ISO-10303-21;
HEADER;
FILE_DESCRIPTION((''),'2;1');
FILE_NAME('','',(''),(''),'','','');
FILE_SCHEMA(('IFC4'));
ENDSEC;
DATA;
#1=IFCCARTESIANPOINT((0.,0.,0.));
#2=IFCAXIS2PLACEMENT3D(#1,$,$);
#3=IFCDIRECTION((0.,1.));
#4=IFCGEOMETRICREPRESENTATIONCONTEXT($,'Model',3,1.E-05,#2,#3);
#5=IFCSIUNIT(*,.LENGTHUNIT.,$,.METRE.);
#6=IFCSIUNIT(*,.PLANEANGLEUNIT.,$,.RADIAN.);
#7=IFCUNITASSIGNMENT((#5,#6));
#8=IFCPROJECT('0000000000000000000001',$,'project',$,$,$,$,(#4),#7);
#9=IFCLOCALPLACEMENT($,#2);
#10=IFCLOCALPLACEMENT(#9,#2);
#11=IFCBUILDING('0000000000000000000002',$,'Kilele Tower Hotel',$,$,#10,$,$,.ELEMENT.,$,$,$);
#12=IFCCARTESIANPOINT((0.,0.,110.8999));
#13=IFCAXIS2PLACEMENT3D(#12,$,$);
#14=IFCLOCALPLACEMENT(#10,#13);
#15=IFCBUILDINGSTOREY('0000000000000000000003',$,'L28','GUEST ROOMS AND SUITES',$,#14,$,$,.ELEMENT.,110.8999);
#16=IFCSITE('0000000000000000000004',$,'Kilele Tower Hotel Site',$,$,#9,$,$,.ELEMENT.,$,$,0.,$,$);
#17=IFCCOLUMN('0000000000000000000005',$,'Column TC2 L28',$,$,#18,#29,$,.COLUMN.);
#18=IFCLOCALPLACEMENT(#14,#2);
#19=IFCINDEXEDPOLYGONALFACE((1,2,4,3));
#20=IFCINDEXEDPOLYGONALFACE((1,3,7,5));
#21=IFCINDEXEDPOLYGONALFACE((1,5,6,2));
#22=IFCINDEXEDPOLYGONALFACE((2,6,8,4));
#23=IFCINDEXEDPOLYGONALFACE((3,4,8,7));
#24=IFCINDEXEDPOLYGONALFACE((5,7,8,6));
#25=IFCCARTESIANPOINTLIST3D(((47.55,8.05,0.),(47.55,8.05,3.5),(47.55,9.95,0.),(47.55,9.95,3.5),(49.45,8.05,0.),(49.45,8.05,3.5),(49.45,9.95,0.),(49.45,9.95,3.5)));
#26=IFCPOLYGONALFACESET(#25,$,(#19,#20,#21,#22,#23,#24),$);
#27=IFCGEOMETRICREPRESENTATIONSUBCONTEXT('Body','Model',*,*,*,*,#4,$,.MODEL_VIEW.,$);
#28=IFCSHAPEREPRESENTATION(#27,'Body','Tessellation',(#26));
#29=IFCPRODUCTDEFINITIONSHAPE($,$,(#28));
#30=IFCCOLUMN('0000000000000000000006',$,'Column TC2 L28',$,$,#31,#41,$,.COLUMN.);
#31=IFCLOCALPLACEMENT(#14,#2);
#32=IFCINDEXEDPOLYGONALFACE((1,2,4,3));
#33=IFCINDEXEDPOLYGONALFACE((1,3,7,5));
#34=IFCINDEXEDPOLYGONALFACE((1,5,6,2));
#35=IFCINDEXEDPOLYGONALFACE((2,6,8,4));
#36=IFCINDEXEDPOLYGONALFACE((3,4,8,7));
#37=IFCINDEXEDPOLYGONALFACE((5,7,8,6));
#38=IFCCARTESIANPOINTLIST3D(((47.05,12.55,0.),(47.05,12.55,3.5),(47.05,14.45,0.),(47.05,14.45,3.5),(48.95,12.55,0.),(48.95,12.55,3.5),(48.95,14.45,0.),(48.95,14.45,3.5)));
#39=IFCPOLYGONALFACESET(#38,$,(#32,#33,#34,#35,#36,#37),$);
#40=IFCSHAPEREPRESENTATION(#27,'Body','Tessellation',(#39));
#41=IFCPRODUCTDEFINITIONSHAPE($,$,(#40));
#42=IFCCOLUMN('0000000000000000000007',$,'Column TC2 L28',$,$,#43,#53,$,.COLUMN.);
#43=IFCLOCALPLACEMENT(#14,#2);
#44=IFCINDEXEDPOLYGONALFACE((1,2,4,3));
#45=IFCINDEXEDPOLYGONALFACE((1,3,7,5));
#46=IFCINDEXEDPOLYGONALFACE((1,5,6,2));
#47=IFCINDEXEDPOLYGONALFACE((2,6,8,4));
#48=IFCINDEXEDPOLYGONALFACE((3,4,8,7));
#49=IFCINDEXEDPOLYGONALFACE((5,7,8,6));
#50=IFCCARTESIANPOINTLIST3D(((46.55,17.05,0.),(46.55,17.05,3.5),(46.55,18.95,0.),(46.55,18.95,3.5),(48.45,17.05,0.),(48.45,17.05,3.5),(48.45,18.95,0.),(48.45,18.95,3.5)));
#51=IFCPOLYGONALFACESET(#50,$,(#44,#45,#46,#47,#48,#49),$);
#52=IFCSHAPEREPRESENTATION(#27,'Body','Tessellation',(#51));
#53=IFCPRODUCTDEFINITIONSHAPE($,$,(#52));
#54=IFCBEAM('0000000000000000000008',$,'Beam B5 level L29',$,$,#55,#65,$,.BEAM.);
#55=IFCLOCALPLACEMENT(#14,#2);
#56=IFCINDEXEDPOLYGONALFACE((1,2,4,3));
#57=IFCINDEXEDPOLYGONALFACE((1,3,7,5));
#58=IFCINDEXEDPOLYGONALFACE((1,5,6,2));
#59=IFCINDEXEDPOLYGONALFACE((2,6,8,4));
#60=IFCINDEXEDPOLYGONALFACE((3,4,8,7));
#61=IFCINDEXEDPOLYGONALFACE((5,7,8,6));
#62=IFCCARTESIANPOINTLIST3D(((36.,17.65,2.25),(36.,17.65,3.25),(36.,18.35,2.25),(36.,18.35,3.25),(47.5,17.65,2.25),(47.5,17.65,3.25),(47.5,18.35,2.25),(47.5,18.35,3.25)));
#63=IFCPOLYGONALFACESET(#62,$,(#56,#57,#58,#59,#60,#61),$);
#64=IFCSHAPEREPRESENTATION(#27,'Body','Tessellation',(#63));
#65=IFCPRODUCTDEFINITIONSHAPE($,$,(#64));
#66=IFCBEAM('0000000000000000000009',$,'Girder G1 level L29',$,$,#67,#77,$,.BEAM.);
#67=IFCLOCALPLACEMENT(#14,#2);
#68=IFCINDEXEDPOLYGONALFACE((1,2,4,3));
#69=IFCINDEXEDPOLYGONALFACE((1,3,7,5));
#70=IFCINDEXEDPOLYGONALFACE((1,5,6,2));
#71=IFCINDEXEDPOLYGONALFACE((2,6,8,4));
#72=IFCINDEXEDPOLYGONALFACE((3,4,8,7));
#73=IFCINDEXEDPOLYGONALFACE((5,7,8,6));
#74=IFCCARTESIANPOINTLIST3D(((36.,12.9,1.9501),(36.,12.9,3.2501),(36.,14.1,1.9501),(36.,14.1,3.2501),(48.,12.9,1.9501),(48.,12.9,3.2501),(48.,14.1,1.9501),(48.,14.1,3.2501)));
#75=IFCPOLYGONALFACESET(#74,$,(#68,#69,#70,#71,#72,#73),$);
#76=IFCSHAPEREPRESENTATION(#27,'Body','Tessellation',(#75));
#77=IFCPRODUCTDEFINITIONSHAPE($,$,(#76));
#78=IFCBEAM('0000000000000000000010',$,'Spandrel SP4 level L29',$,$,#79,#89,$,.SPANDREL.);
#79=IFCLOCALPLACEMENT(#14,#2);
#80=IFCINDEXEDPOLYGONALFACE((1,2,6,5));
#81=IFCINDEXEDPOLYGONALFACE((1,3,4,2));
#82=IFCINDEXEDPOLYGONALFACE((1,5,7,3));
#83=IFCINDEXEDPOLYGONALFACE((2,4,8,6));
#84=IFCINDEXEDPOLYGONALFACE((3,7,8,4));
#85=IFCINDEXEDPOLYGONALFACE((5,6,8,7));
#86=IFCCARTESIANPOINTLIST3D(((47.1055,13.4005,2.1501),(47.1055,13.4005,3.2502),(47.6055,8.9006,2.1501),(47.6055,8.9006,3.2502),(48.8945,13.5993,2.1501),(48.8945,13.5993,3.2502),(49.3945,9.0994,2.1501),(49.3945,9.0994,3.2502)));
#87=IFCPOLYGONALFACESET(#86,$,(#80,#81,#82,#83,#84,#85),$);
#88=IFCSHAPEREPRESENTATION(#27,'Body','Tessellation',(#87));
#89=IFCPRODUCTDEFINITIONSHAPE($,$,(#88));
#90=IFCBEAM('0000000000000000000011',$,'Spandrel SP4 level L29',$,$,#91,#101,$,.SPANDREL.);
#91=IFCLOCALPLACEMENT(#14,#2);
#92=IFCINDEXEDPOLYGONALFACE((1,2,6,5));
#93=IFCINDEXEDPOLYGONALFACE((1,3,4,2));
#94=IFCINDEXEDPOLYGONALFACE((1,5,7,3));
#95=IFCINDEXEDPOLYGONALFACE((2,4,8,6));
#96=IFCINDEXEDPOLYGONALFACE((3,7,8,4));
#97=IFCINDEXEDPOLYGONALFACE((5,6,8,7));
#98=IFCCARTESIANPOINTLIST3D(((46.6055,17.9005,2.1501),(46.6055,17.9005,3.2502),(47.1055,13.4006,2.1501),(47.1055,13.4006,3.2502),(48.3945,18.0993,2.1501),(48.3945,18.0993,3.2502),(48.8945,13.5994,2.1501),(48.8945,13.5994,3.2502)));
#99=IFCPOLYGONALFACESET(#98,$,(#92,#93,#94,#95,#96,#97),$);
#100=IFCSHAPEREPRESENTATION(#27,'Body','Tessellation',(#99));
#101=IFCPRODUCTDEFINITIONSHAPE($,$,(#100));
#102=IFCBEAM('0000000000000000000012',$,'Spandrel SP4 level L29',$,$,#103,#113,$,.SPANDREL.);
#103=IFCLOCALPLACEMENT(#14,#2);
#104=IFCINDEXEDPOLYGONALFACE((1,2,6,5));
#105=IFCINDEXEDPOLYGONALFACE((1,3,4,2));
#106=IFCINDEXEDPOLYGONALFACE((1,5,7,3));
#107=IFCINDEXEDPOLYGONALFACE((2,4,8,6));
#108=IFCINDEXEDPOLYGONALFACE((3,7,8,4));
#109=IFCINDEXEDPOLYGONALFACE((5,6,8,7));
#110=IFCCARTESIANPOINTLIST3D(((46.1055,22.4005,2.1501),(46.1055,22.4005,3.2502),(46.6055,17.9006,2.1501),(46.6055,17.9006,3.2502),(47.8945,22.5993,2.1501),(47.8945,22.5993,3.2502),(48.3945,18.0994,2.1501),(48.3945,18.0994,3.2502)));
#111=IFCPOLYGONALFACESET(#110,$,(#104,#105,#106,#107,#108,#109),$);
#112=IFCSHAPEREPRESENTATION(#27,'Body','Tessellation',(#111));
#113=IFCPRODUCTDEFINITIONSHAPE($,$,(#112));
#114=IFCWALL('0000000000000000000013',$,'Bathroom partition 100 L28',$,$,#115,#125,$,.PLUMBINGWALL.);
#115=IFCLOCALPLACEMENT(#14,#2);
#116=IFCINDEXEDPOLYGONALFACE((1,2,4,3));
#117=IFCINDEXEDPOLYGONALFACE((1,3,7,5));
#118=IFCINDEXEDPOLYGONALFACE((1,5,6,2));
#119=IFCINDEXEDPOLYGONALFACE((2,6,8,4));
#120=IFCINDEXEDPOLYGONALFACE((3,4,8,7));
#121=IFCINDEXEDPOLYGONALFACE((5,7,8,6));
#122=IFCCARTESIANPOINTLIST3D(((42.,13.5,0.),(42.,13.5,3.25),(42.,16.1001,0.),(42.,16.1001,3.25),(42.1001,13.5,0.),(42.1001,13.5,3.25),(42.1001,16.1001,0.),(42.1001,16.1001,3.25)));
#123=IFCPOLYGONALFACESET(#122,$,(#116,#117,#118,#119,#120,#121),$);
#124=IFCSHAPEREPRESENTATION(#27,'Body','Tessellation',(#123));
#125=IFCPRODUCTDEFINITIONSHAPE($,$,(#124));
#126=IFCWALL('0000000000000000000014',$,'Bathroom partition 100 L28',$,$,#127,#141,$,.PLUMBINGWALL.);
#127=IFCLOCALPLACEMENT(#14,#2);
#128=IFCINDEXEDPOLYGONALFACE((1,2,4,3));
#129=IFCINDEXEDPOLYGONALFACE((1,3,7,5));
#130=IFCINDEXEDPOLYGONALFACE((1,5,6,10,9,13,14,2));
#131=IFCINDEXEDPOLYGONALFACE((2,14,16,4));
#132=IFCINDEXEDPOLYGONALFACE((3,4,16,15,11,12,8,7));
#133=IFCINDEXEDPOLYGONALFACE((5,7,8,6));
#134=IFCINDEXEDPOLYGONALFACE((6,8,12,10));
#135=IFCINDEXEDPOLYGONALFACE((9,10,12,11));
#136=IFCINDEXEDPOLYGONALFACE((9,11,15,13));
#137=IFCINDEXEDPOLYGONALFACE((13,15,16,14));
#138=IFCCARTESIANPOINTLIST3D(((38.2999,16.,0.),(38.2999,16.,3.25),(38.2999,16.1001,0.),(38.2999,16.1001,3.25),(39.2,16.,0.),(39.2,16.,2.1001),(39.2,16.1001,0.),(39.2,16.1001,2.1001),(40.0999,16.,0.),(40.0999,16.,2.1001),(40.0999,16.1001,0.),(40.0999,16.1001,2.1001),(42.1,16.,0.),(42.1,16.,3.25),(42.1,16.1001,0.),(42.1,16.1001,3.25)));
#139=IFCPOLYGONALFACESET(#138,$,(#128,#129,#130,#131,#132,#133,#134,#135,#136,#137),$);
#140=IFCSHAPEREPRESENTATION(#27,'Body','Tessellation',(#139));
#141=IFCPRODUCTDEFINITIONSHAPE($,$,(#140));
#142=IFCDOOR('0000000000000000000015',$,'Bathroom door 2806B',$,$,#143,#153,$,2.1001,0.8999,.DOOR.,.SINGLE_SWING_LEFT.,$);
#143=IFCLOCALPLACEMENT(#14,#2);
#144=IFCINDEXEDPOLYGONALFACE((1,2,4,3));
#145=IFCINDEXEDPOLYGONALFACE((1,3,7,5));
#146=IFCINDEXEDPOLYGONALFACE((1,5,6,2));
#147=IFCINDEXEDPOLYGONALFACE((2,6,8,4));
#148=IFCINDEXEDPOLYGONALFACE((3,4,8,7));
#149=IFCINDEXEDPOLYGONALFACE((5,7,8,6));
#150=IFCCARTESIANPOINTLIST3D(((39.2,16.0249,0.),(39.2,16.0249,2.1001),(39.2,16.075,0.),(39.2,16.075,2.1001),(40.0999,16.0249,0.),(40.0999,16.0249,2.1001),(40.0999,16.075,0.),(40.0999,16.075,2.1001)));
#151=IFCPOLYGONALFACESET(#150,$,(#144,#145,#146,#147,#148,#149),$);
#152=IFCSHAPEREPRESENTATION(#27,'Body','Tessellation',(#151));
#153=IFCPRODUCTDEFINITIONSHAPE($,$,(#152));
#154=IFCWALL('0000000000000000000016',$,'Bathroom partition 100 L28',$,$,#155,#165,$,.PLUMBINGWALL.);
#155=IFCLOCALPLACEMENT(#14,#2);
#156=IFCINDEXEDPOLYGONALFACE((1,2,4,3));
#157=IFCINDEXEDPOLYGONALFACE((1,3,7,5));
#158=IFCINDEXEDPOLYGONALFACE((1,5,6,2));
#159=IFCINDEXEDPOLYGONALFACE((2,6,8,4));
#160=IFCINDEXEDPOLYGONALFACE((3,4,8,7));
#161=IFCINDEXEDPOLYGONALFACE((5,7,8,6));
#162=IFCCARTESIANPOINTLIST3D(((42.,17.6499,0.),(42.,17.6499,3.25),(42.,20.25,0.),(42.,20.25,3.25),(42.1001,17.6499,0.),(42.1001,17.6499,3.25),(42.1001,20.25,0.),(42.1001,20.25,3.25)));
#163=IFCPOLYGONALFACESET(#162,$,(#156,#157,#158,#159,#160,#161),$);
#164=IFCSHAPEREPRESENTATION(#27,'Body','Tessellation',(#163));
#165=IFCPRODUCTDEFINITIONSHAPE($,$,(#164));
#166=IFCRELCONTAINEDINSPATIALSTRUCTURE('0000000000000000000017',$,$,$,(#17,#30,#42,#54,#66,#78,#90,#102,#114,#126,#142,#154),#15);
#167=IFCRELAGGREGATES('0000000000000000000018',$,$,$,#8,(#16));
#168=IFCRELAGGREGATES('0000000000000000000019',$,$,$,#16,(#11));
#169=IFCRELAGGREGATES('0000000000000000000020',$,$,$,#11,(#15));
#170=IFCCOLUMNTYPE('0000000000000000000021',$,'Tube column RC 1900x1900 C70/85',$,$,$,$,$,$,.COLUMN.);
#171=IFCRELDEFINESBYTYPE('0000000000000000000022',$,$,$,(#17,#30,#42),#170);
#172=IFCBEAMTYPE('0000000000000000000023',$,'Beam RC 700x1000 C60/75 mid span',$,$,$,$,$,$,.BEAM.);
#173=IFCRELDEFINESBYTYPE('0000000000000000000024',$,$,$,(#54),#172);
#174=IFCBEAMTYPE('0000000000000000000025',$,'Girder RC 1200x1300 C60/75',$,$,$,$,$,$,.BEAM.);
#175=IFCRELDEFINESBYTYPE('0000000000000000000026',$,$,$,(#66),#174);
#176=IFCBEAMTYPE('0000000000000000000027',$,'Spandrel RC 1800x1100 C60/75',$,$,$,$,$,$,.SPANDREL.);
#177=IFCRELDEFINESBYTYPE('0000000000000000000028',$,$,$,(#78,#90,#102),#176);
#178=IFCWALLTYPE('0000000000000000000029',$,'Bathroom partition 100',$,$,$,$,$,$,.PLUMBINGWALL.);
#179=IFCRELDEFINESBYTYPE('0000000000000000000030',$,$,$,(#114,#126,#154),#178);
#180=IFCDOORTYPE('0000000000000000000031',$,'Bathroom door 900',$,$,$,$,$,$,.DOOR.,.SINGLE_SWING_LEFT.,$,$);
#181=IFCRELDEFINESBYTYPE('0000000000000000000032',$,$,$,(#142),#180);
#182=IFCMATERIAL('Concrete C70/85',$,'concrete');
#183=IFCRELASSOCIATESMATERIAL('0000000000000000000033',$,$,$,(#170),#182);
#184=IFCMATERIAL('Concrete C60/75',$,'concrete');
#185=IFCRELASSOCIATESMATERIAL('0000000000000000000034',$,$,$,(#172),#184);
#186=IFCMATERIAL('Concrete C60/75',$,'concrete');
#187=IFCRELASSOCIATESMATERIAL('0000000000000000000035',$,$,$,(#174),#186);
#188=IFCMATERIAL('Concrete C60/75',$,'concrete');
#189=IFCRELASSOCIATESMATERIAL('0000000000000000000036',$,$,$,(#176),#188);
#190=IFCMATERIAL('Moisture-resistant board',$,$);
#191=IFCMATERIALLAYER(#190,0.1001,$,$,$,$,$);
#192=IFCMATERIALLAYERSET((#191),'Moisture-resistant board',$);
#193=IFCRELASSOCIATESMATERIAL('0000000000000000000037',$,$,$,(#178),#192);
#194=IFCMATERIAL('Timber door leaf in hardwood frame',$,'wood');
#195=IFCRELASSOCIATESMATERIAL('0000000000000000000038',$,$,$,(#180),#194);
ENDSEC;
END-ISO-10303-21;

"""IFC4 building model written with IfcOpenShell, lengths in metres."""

from ifc_helpers import new_model, si_unit, direction, frame, frame_2d, origin, origin_2d, place, context, subcontext, project, spatial, rectangle, extrude, material, layer, layer_set, material_profile, profile_set, type_object, element, fill, save


model = new_model("IFC4")

# Units and contexts
model_context = context("Model", 3, precision=1e-05, world=origin(), true_north=direction((0.0, 1.0)))
body_context = subcontext(model_context, "Body", "Model", "MODEL_VIEW")
ifc_project = project(units=[si_unit("LENGTHUNIT", "METRE"), si_unit("PLANEANGLEUNIT", "RADIAN")], contexts=[model_context])

# Site, building, storey
site_placement = place(None, origin())
site = spatial("IfcSite", under=ifc_project, at=site_placement, Name="Kilele Tower Hotel Site", CompositionType="ELEMENT", RefElevation=0.0)
building_placement = place(site_placement, origin())
building = spatial("IfcBuilding", under=site, at=building_placement, Name="Kilele Tower Hotel", CompositionType="ELEMENT")
storey_placement = place(building_placement, frame((0.0, 0.0, 110.8999)))
storey = spatial("IfcBuildingStorey", under=building, at=storey_placement, Name="L28", Description="GUEST ROOMS AND SUITES", CompositionType="ELEMENT", Elevation=110.8999)

# Columns
ifc_material_1 = material(Name="Concrete C70/85", Category="concrete")
ifc_material_profile_1 = material_profile(ifc_material_1, rectangle(XDim=1.8999, YDim=1.8999, at=origin_2d()))
ifc_profile_set_1 = profile_set([ifc_material_profile_1], Name="Concrete C70/85")
column_type = type_object("IfcColumnType", Name="Tube column RC 1900x1900 C70/85", PredefinedType="COLUMN", material=ifc_profile_set_1)
for number, where, z_axis, x_axis, name in (
    (1, (48.5, 9.0, 0.0), (0.0, 0.0, 1.0), (1.0, 0.0, 0.0), "Column TC2 L28"),
    (2, (48.0, 13.5, 0.0), (0.0, 0.0, 1.0), (1.0, 0.0, 0.0), "Column TC2 L28"),
    (3, (47.5, 18.0, 0.0), (0.0, 0.0, 1.0), (1.0, 0.0, 0.0), "Column TC2 L28"),
):
    element("IfcColumn", number, at=place(storey_placement, frame(where, z_axis=z_axis, x_axis=x_axis)), inside=storey, type_object=column_type, Name=name, PredefinedType="COLUMN", context=body_context, shape_type="SweptSolid", body=[
        extrude(rectangle(XDim=1.8999, YDim=1.8999, at=origin_2d()), origin(), (0.0, 0.0, 1.0), 3.5),
    ])

# Beams
ifc_material_2 = material(Name="Concrete C60/75", Category="concrete")
ifc_material_profile_2 = material_profile(ifc_material_2, rectangle(XDim=0.7, YDim=1.0, at=origin_2d()))
ifc_profile_set_2 = profile_set([ifc_material_profile_2], Name="Concrete C60/75")
beam_type_1 = type_object("IfcBeamType", Name="Beam RC 700x1000 C60/75 mid span", PredefinedType="BEAM", material=ifc_profile_set_2)
beam_1_placement = place(storey_placement, frame((47.5, 18.0, 2.75), z_axis=(-1.0, 0.0, 0.0), x_axis=(0.0, -1.0, 0.0)))
element("IfcBeam", 4, at=beam_1_placement, inside=storey, type_object=beam_type_1, Name="Beam B5 level L29", PredefinedType="BEAM", context=body_context, shape_type="SweptSolid", body=[
    extrude(rectangle(XDim=0.7, YDim=1.0, at=origin_2d()), origin(), (0.0, 0.0, 1.0), 11.5),
])
ifc_material_3 = material(Name="Concrete C60/75", Category="concrete")
ifc_material_profile_3 = material_profile(ifc_material_3, rectangle(XDim=1.2, YDim=1.3, at=origin_2d()))
ifc_profile_set_3 = profile_set([ifc_material_profile_3], Name="Concrete C60/75")
beam_type_2 = type_object("IfcBeamType", Name="Girder RC 1200x1300 C60/75", PredefinedType="BEAM", material=ifc_profile_set_3)
beam_2_placement = place(storey_placement, frame((48.0, 13.5, 2.6001), z_axis=(-1.0, 0.0, 0.0), x_axis=(0.0, -1.0, 0.0)))
element("IfcBeam", 5, at=beam_2_placement, inside=storey, type_object=beam_type_2, Name="Girder G1 level L29", PredefinedType="BEAM", context=body_context, shape_type="SweptSolid", body=[
    extrude(rectangle(XDim=1.2, YDim=1.3, at=origin_2d()), origin(), (0.0, 0.0, 1.0), 12.0),
])
ifc_material_4 = material(Name="Concrete C60/75", Category="concrete")
ifc_material_profile_4 = material_profile(ifc_material_4, rectangle(XDim=1.8, YDim=1.1001, at=origin_2d()))
ifc_profile_set_4 = profile_set([ifc_material_profile_4], Name="Concrete C60/75")
beam_type_3 = type_object("IfcBeamType", Name="Spandrel RC 1800x1100 C60/75", PredefinedType="SPANDREL", material=ifc_profile_set_4)
for number, where, z_axis, x_axis, name in (
    (6, (48.5, 9.0, 2.7002), (-0.110432, 0.993884, 0.0), (-0.993884, -0.110432, 0.0), "Spandrel SP4 level L29"),
    (7, (48.0, 13.5, 2.7002), (-0.110432, 0.993884, 0.0), (-0.993884, -0.110432, 0.0), "Spandrel SP4 level L29"),
    (8, (47.5, 18.0, 2.7002), (-0.110432, 0.993884, 0.0), (-0.993884, -0.110432, 0.0), "Spandrel SP4 level L29"),
):
    element("IfcBeam", number, at=place(storey_placement, frame(where, z_axis=z_axis, x_axis=x_axis)), inside=storey, type_object=beam_type_3, Name=name, PredefinedType="SPANDREL", context=body_context, shape_type="SweptSolid", body=[
        extrude(rectangle(XDim=1.8, YDim=1.1001, at=origin_2d()), origin(), (0.0, 0.0, 1.0), 4.5276),
    ])

# Wall
ifc_material_5 = material(Name="Moisture-resistant board")
ifc_layer_1 = layer(ifc_material_5, 0.1001)
ifc_layer_set_1 = layer_set([ifc_layer_1], Name="Moisture-resistant board")
wall_type_1 = type_object("IfcWallType", Name="Bathroom partition 100", PredefinedType="PLUMBINGWALL", material=ifc_layer_set_1)
wall_1_placement = place(storey_placement, frame((42.05, 13.5, 0.0), z_axis=(0.0, 0.0, 1.0), x_axis=(0.0, 1.0, 0.0)))
element("IfcWall", 9, at=wall_1_placement, inside=storey, type_object=wall_type_1, Name="Bathroom partition 100 L28", PredefinedType="PLUMBINGWALL", context=body_context, shape_type="SweptSolid", body=[
    extrude(rectangle(XDim=2.6001, YDim=0.1001, at=frame_2d((1.3, 0.0))), origin(), (0.0, 0.0, 1.0), 3.25),
])

# Wall, opening, door
wall_2_placement = place(storey_placement, frame((38.3, 16.05, 0.0), z_axis=(0.0, 0.0, 1.0), x_axis=(1.0, 0.0, 0.0)))
wall_2 = element("IfcWall", 10, at=wall_2_placement, inside=storey, type_object=wall_type_1, Name="Bathroom partition 100 L28", PredefinedType="PLUMBINGWALL", context=body_context, shape_type="SweptSolid", body=[
    extrude(rectangle(XDim=3.8, YDim=0.1001, at=frame_2d((1.8999, 0.0))), origin(), (0.0, 0.0, 1.0), 3.25),
])
opening_1_placement = place(wall_2_placement, frame((0.8999, 0.0, 0.0)))
opening_1 = element("IfcOpeningElement", 11, at=opening_1_placement, cuts=wall_2, PredefinedType="OPENING", context=body_context, shape_type="SweptSolid", body=[
    extrude(rectangle(XDim=0.8999, YDim=2.1001, at=frame_2d((0.45, 1.05))), frame((0.0, 0.0601, 0.0), z_axis=(0.0, -1.0, 0.0), x_axis=(1.0, 0.0, 0.0)), (0.0, 0.0, 1.0), 0.1201),
])
ifc_material_6 = material(Name="Timber door leaf in hardwood frame", Category="wood")
door_type_1 = type_object("IfcDoorType", Name="Bathroom door 900", OperationType="SINGLE_SWING_LEFT", PredefinedType="DOOR", material=ifc_material_6)
door_1_placement = place(opening_1_placement, origin())
door_1 = element("IfcDoor", 12, at=door_1_placement, inside=storey, type_object=door_type_1, Name="Bathroom door 2806B", OperationType="SINGLE_SWING_LEFT", OverallHeight=2.1001, OverallWidth=0.8999, PredefinedType="DOOR", context=body_context, shape_type="SweptSolid", body=[
    extrude(rectangle(XDim=0.8999, YDim=2.1001, at=frame_2d((0.45, 1.05))), frame((0.0, 0.0249, 0.0), z_axis=(0.0, -1.0, 0.0), x_axis=(1.0, 0.0, 0.0)), (0.0, 0.0, 1.0), 0.05),
])
fill(opening_1, door_1)

# Wall
wall_3_placement = place(storey_placement, frame((42.05, 17.6499, 0.0), z_axis=(0.0, 0.0, 1.0), x_axis=(0.0, 1.0, 0.0)))
element("IfcWall", 13, at=wall_3_placement, inside=storey, type_object=wall_type_1, Name="Bathroom partition 100 L28", PredefinedType="PLUMBINGWALL", context=body_context, shape_type="SweptSolid", body=[
    extrude(rectangle(XDim=2.6001, YDim=0.1001, at=frame_2d((1.3, 0.0))), origin(), (0.0, 0.0, 1.0), 3.25),
])

save(model, "model.ifc")
